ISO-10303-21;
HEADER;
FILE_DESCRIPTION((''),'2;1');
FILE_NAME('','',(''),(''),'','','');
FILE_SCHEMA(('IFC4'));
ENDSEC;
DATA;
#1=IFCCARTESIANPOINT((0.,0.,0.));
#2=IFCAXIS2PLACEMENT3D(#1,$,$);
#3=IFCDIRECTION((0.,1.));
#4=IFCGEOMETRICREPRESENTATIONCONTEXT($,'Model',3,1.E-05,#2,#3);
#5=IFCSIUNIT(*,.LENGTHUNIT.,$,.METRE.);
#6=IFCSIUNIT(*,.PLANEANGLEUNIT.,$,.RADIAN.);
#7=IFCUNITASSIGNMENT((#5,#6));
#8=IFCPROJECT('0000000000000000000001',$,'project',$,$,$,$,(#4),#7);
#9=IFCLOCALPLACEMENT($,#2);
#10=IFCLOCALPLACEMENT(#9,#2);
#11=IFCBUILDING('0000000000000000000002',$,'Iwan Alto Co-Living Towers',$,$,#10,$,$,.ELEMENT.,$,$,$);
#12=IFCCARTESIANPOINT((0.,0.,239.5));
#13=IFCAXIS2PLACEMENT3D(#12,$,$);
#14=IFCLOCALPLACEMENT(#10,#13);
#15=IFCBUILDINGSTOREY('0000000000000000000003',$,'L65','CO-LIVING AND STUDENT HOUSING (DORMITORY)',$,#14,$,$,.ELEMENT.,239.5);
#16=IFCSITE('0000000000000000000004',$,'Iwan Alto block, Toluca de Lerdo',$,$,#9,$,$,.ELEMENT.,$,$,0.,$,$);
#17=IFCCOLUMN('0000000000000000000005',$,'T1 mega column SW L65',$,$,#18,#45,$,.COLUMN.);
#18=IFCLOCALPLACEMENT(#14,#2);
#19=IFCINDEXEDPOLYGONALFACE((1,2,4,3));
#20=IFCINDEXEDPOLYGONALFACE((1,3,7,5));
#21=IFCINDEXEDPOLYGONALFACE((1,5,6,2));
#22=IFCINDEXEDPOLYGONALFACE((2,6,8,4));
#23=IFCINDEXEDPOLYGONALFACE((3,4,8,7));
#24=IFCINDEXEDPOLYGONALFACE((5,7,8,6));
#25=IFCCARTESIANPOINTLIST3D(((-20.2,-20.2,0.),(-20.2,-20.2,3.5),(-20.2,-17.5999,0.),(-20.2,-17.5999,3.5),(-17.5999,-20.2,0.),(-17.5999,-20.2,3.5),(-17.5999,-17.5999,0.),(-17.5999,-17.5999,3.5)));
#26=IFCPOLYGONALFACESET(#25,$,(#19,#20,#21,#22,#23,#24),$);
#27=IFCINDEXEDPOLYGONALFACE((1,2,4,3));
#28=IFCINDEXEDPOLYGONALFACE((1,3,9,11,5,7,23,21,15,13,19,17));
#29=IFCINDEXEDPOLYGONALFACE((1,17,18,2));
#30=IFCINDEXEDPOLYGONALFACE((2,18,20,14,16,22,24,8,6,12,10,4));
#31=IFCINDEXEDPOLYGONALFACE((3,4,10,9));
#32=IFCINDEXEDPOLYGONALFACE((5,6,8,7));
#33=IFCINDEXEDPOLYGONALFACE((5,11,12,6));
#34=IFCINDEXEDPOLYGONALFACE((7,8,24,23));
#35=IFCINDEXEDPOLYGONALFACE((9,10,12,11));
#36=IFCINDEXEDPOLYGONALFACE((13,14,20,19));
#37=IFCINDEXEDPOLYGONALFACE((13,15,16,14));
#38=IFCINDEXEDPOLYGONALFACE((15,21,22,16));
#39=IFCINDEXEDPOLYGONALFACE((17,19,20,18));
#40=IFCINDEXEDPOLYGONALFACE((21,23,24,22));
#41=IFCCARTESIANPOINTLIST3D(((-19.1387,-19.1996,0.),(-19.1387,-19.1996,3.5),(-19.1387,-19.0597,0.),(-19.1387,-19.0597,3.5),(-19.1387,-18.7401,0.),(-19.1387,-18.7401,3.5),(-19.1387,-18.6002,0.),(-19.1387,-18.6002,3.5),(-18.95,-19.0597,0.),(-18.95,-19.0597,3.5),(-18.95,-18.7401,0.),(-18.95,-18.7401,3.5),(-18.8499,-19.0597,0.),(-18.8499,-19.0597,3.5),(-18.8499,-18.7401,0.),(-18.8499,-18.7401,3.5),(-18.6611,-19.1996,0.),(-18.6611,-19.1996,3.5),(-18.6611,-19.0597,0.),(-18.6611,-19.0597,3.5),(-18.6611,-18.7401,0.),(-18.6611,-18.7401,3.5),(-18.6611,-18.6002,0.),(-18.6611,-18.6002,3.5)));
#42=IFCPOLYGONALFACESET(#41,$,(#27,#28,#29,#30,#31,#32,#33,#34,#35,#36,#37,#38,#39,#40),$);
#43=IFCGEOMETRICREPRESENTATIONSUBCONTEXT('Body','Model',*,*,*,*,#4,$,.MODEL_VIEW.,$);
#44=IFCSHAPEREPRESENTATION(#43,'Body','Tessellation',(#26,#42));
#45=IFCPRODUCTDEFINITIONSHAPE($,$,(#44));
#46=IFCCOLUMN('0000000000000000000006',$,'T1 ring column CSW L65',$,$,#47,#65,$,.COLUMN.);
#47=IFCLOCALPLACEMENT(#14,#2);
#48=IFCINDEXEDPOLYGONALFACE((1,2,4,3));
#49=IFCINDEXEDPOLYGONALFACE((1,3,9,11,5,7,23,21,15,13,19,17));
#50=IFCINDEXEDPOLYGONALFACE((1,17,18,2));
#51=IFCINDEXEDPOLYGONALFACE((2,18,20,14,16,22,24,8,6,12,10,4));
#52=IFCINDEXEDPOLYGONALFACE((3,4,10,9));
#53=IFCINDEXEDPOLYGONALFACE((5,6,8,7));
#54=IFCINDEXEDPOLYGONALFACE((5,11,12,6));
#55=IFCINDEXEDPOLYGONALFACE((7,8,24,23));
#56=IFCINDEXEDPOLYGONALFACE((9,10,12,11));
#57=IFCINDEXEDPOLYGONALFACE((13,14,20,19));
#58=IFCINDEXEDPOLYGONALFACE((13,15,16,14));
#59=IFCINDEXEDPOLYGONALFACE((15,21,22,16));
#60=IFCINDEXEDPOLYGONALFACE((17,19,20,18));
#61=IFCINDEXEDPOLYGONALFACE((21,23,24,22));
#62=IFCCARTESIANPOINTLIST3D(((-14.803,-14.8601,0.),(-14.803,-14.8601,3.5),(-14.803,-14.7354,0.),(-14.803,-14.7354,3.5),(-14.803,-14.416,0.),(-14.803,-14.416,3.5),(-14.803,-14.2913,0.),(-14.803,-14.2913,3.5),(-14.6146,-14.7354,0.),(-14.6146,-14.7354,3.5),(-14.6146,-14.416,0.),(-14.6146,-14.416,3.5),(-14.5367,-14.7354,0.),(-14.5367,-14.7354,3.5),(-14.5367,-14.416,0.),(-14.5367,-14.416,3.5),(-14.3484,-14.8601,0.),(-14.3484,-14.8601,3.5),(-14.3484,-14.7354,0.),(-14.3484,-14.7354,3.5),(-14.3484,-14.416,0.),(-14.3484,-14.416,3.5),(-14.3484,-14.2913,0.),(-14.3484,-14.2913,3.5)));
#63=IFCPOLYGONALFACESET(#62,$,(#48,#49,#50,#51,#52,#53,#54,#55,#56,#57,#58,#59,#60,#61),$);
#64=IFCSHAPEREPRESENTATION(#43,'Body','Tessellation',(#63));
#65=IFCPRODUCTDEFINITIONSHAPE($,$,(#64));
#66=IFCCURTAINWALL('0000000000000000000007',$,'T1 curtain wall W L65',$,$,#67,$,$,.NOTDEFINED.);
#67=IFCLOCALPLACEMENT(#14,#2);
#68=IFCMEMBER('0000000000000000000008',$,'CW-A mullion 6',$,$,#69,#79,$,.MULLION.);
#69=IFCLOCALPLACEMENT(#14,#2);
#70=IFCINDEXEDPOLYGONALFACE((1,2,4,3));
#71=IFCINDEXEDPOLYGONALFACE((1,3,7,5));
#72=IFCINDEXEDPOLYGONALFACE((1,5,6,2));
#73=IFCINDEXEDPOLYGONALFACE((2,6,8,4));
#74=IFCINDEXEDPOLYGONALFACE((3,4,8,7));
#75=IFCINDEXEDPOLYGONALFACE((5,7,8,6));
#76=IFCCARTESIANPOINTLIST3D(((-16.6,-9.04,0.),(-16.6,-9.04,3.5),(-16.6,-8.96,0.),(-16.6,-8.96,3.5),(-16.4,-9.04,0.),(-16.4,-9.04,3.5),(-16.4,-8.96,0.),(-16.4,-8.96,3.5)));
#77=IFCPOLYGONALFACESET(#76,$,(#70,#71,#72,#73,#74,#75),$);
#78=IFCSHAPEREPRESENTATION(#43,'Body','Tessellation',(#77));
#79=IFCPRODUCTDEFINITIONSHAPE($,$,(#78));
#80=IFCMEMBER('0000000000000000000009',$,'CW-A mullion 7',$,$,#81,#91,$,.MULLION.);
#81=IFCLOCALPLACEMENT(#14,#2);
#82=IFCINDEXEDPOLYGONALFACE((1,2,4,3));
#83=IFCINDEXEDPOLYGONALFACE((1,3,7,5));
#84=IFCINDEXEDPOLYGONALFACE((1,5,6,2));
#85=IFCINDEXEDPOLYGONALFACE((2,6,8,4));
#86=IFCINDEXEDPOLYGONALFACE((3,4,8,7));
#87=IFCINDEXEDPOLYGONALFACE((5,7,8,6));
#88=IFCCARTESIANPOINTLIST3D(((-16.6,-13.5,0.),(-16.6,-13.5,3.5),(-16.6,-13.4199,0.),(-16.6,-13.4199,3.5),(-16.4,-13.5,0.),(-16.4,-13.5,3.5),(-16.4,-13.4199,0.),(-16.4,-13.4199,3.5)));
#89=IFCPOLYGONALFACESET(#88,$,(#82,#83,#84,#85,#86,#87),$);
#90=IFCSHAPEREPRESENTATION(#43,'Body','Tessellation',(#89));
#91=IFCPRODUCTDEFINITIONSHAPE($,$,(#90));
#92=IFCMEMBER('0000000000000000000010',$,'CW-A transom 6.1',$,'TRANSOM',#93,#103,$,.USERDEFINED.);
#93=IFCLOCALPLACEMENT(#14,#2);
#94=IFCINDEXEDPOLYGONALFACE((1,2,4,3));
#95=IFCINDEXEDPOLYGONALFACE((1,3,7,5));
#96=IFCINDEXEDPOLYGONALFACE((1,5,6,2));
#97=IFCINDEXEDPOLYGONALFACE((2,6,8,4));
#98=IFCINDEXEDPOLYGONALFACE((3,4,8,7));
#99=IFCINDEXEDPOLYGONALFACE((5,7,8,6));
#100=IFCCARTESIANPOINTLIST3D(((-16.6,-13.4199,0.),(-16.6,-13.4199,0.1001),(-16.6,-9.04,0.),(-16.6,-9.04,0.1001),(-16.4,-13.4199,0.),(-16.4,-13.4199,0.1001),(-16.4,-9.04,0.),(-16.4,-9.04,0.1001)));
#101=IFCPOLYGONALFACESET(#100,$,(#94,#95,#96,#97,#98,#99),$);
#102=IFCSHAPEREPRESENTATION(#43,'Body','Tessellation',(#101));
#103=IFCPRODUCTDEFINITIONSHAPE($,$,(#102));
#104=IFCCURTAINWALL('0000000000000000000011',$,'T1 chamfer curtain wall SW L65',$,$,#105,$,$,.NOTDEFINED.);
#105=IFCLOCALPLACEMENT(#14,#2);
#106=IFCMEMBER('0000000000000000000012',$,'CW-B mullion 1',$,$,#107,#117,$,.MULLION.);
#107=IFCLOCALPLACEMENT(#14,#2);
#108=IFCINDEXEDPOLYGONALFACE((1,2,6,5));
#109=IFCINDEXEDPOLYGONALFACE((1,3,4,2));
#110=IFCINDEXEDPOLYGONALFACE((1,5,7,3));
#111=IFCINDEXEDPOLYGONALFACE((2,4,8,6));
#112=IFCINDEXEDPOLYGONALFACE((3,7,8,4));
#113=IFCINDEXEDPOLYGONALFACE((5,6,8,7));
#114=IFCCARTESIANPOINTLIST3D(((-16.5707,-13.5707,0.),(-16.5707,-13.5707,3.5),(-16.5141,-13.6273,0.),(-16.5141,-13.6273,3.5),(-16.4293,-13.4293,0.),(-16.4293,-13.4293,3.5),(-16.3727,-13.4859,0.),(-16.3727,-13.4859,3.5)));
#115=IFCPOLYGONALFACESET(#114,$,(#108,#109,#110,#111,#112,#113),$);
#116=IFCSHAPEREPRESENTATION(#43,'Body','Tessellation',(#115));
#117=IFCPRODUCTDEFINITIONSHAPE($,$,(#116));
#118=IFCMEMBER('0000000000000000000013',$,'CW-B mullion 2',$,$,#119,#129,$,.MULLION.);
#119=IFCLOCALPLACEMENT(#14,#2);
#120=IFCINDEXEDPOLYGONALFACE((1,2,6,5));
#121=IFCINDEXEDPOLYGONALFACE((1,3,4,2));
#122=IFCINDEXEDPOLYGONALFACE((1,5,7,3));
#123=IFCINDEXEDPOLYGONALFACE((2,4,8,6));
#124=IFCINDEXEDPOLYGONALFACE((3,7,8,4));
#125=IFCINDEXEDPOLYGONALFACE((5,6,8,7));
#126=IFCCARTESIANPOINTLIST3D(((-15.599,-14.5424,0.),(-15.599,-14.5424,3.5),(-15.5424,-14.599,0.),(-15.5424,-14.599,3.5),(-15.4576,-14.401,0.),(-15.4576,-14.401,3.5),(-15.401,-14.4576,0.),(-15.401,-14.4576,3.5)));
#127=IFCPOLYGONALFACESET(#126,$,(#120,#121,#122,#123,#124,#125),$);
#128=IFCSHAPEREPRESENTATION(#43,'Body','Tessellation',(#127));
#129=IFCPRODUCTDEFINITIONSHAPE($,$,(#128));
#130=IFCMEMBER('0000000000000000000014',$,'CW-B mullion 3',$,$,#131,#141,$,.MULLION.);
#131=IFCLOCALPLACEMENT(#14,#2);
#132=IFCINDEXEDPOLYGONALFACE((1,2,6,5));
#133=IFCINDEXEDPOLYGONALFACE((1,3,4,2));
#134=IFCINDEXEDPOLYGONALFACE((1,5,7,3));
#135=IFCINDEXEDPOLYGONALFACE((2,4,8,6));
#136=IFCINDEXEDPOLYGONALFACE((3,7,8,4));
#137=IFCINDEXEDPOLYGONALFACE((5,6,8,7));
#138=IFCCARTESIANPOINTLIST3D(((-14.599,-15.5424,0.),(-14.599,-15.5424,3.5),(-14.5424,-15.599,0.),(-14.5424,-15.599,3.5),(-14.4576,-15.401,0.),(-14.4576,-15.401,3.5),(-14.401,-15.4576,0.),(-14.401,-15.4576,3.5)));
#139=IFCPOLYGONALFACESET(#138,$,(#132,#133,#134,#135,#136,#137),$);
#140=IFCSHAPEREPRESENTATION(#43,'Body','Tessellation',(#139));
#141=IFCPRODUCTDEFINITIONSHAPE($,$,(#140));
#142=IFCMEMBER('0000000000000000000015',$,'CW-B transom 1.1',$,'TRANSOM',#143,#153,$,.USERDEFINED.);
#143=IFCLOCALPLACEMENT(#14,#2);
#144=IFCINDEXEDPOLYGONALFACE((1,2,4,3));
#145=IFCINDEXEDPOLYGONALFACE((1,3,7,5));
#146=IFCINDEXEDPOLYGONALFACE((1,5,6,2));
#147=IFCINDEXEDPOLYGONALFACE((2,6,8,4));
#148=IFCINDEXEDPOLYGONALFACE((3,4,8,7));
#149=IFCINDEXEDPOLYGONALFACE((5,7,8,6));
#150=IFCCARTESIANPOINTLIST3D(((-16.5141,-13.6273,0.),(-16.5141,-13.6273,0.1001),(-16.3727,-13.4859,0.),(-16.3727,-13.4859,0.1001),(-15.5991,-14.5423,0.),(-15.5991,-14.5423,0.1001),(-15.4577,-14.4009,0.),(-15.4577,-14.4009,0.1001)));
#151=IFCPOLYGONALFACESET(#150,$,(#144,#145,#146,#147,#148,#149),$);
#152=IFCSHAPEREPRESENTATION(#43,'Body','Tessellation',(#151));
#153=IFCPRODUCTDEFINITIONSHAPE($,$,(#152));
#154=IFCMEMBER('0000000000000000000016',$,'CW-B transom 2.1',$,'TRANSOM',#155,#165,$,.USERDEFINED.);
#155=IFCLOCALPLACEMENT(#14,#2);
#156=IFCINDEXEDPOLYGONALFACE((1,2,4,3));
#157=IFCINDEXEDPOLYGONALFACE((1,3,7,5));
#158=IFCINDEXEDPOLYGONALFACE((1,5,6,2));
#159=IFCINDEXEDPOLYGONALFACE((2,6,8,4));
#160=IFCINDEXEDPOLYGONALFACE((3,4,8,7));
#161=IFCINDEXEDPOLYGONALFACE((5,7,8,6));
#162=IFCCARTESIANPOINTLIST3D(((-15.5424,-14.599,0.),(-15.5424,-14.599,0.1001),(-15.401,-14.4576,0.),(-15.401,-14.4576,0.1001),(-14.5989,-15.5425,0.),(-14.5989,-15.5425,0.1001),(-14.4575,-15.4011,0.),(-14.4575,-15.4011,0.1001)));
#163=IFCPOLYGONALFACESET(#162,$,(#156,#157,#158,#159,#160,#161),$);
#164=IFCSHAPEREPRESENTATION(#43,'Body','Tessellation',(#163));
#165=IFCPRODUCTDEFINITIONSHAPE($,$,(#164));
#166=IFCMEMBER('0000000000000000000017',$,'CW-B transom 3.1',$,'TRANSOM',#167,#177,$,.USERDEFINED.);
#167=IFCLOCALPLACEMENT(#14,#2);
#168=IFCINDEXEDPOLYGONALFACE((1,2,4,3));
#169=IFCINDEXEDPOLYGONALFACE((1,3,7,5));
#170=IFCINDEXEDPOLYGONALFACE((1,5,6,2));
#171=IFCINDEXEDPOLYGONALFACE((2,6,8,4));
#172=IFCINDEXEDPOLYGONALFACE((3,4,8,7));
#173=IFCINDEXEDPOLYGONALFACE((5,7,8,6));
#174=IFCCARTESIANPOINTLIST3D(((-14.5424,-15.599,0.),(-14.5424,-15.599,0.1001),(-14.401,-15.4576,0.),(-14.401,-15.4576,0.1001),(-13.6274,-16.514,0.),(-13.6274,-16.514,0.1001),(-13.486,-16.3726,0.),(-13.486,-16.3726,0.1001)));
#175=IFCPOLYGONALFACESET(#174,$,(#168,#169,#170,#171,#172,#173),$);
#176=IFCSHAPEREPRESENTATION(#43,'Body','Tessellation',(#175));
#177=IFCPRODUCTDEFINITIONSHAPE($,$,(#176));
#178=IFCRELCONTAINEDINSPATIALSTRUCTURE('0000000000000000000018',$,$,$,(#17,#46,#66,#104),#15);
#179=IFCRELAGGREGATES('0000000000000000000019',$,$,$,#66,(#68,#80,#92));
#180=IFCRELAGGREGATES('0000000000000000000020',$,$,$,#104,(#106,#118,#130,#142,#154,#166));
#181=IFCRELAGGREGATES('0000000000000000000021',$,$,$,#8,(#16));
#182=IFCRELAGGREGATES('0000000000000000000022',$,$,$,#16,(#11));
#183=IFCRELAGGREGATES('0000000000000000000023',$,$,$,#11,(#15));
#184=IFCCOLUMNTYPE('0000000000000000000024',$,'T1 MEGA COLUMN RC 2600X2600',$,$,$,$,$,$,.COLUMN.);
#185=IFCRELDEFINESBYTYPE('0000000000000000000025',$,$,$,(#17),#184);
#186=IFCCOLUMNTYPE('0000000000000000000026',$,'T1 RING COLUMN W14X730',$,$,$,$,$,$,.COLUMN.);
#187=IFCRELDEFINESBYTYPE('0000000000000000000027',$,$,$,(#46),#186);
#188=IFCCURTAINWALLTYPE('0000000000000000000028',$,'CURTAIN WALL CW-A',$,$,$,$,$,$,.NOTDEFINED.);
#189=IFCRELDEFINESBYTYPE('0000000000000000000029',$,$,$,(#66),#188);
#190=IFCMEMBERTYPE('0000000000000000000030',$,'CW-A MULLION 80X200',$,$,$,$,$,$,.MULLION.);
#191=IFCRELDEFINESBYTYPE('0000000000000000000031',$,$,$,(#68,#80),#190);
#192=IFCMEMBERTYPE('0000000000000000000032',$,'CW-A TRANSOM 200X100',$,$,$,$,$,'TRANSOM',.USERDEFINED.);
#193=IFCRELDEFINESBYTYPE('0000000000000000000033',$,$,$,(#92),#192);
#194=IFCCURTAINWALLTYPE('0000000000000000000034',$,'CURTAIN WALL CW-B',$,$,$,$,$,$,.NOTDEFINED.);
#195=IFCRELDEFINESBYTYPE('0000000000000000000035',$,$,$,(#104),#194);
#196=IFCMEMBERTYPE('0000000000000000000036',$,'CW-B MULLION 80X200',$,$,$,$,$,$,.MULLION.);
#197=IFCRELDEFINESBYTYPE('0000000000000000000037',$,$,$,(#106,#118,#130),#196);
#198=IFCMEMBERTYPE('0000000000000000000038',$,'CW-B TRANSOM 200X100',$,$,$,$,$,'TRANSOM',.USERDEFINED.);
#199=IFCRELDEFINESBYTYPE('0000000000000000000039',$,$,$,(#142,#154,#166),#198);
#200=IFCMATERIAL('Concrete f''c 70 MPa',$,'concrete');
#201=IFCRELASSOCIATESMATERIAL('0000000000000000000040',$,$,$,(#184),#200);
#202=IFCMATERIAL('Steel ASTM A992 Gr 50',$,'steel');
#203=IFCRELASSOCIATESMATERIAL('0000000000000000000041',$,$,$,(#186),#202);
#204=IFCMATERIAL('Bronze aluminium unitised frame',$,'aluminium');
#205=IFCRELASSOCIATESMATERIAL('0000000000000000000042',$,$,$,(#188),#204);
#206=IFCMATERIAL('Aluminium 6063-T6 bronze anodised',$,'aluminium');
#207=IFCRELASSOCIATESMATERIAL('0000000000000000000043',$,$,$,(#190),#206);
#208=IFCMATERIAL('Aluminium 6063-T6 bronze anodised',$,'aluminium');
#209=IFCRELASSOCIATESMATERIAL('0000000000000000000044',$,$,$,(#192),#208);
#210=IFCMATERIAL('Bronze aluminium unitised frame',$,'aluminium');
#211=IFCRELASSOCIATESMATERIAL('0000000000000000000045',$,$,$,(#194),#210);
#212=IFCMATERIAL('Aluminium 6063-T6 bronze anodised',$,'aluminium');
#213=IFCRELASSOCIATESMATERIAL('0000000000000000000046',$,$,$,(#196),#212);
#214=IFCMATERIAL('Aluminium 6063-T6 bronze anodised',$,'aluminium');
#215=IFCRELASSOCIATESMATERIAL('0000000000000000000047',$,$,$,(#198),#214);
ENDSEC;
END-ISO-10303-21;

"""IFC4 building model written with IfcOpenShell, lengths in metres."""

from ifc_helpers import new_model, si_unit, direction, frame, origin, origin_2d, place, context, subcontext, project, spatial, rectangle, i_section, extrude, material, material_profile, profile_set, type_object, element, aggregate, save


model = new_model("IFC4")

# Units and contexts
model_context = context("Model", 3, precision=1e-05, world=origin(), true_north=direction((0.0, 1.0)))
body_context = subcontext(model_context, "Body", "Model", "MODEL_VIEW")
ifc_project = project(units=[si_unit("LENGTHUNIT", "METRE"), si_unit("PLANEANGLEUNIT", "RADIAN")], contexts=[model_context])

# Site, building, storey
site_placement = place(None, origin())
site = spatial("IfcSite", under=ifc_project, at=site_placement, Name="Iwan Alto block, Toluca de Lerdo", CompositionType="ELEMENT", RefElevation=0.0)
building_placement = place(site_placement, origin())
building = spatial("IfcBuilding", under=site, at=building_placement, Name="Iwan Alto Co-Living Towers", CompositionType="ELEMENT")
storey_placement = place(building_placement, frame((0.0, 0.0, 239.5)))
storey = spatial("IfcBuildingStorey", under=building, at=storey_placement, Name="L65", Description="CO-LIVING AND STUDENT HOUSING (DORMITORY)", CompositionType="ELEMENT", Elevation=239.5)

# Columns
ifc_material_1 = material(Name="Concrete f'c 70 MPa", Category="concrete")
ifc_material_profile_1 = material_profile(ifc_material_1, rectangle(XDim=2.6001, YDim=2.6001, at=origin_2d()), Name="RC 2600X2600")
ifc_profile_set_1 = profile_set([ifc_material_profile_1], Name="Concrete f'c 70 MPa")
column_type_1 = type_object("IfcColumnType", Name="T1 MEGA COLUMN RC 2600X2600", PredefinedType="COLUMN", material=ifc_profile_set_1)
column_1_placement = place(storey_placement, frame((-18.8999, -18.8999, 0.0), z_axis=(0.0, 0.0, 1.0), x_axis=(1.0, 0.0, 0.0)))
element("IfcColumn", 1, at=column_1_placement, inside=storey, type_object=column_type_1, Name="T1 mega column SW L65", PredefinedType="COLUMN", context=body_context, shape_type="SweptSolid", body=[
    extrude(rectangle(XDim=2.6001, YDim=2.6001, at=origin_2d()), origin(), (0.0, 0.0, 1.0), 3.5),
    extrude(i_section(OverallWidth=0.4775, OverallDepth=0.5994, WebThickness=0.1001, FlangeThickness=0.1399, at=origin_2d()), origin(), (0.0, 0.0, 1.0), 3.5),
])
ifc_material_2 = material(Name="Steel ASTM A992 Gr 50", Category="steel")
ifc_material_profile_2 = material_profile(ifc_material_2, i_section(OverallWidth=0.4546, OverallDepth=0.5688, WebThickness=0.0779, FlangeThickness=0.1248, at=origin_2d()), Name="W14X730")
ifc_profile_set_2 = profile_set([ifc_material_profile_2], Name="Steel ASTM A992 Gr 50")
column_type_2 = type_object("IfcColumnType", Name="T1 RING COLUMN W14X730", PredefinedType="COLUMN", material=ifc_profile_set_2)
column_2_placement = place(storey_placement, frame((-14.5757, -14.5757, 0.0), z_axis=(0.0, 0.0, 1.0), x_axis=(1.0, 0.0, 0.0)))
element("IfcColumn", 2, at=column_2_placement, inside=storey, type_object=column_type_2, Name="T1 ring column CSW L65", PredefinedType="COLUMN", context=body_context, shape_type="SweptSolid", body=[
    extrude(i_section(OverallWidth=0.4546, OverallDepth=0.5688, WebThickness=0.0779, FlangeThickness=0.1248, at=origin_2d()), origin(), (0.0, 0.0, 1.0), 3.5),
])

# Curtain walls, members
ifc_material_3 = material(Name="Bronze aluminium unitised frame", Category="aluminium")
curtain_wall_type_1 = type_object("IfcCurtainWallType", Name="CURTAIN WALL CW-A", PredefinedType="NOTDEFINED", material=ifc_material_3)
curtain_wall_1_placement = place(storey_placement, origin())
curtain_wall_1 = element("IfcCurtainWall", 3, at=curtain_wall_1_placement, inside=storey, type_object=curtain_wall_type_1, Name="T1 curtain wall W L65", PredefinedType="NOTDEFINED")
ifc_material_4 = material(Name="Aluminium 6063-T6 bronze anodised", Category="aluminium")
ifc_material_profile_3 = material_profile(ifc_material_4, rectangle(XDim=0.2, YDim=0.0801, at=origin_2d()), Name="AL 80X200")
ifc_profile_set_3 = profile_set([ifc_material_profile_3], Name="Aluminium 6063-T6 bronze anodised")
member_type_1 = type_object("IfcMemberType", Name="CW-A MULLION 80X200", PredefinedType="MULLION", material=ifc_profile_set_3)
member_1_placement = place(storey_placement, frame((-16.5, -9.0, 0.0), z_axis=(0.0, 0.0, 1.0), x_axis=(1.0, 0.0, 0.0)))
member_1 = element("IfcMember", 4, at=member_1_placement, type_object=member_type_1, Name="CW-A mullion 6", PredefinedType="MULLION", context=body_context, shape_type="SweptSolid", body=[
    extrude(rectangle(XDim=0.2, YDim=0.0801, at=origin_2d()), origin(), (0.0, 0.0, 1.0), 3.5),
])
member_2_placement = place(storey_placement, frame((-16.5, -13.46, 0.0), z_axis=(0.0, 0.0, 1.0), x_axis=(1.0, 0.0, 0.0)))
member_2 = element("IfcMember", 5, at=member_2_placement, type_object=member_type_1, Name="CW-A mullion 7", PredefinedType="MULLION", context=body_context, shape_type="SweptSolid", body=[
    extrude(rectangle(XDim=0.2, YDim=0.0801, at=origin_2d()), origin(), (0.0, 0.0, 1.0), 3.5),
])
ifc_material_5 = material(Name="Aluminium 6063-T6 bronze anodised", Category="aluminium")
ifc_material_profile_4 = material_profile(ifc_material_5, rectangle(XDim=0.2, YDim=0.1001, at=origin_2d()), Name="AL 200X100")
ifc_profile_set_4 = profile_set([ifc_material_profile_4], Name="Aluminium 6063-T6 bronze anodised")
member_type_2 = type_object("IfcMemberType", Name="CW-A TRANSOM 200X100", ElementType="TRANSOM", PredefinedType="USERDEFINED", material=ifc_profile_set_4)
member_3_placement = place(storey_placement, frame((-16.5, -9.04, 0.05), z_axis=(0.0, -1.0, 0.0), x_axis=(1.0, 0.0, 0.0)))
member_3 = element("IfcMember", 6, at=member_3_placement, type_object=member_type_2, Name="CW-A transom 6.1", ObjectType="TRANSOM", PredefinedType="USERDEFINED", context=body_context, shape_type="SweptSolid", body=[
    extrude(rectangle(XDim=0.2, YDim=0.1001, at=origin_2d()), origin(), (0.0, 0.0, 1.0), 4.3799),
])
ifc_material_6 = material(Name="Bronze aluminium unitised frame", Category="aluminium")
curtain_wall_type_2 = type_object("IfcCurtainWallType", Name="CURTAIN WALL CW-B", PredefinedType="NOTDEFINED", material=ifc_material_6)
curtain_wall_2_placement = place(storey_placement, origin())
curtain_wall_2 = element("IfcCurtainWall", 7, at=curtain_wall_2_placement, inside=storey, type_object=curtain_wall_type_2, Name="T1 chamfer curtain wall SW L65", PredefinedType="NOTDEFINED")
ifc_material_7 = material(Name="Aluminium 6063-T6 bronze anodised", Category="aluminium")
ifc_material_profile_5 = material_profile(ifc_material_7, rectangle(XDim=0.2, YDim=0.0801, at=origin_2d()), Name="AL 80X200")
ifc_profile_set_5 = profile_set([ifc_material_profile_5], Name="Aluminium 6063-T6 bronze anodised")
member_type_3 = type_object("IfcMemberType", Name="CW-B MULLION 80X200", PredefinedType="MULLION", material=ifc_profile_set_5)
member_4_placement = place(storey_placement, frame((-16.4717, -13.5283, 0.0), z_axis=(0.0, 0.0, 1.0), x_axis=(0.707107, 0.707107, 0.0)))
member_4 = element("IfcMember", 8, at=member_4_placement, type_object=member_type_3, Name="CW-B mullion 1", PredefinedType="MULLION", context=body_context, shape_type="SweptSolid", body=[
    extrude(rectangle(XDim=0.2, YDim=0.0801, at=origin_2d()), origin(), (0.0, 0.0, 1.0), 3.5),
])
member_5_placement = place(storey_placement, frame((-15.5, -14.5, 0.0), z_axis=(0.0, 0.0, 1.0), x_axis=(0.707107, 0.707107, 0.0)))
member_5 = element("IfcMember", 9, at=member_5_placement, type_object=member_type_3, Name="CW-B mullion 2", PredefinedType="MULLION", context=body_context, shape_type="SweptSolid", body=[
    extrude(rectangle(XDim=0.2, YDim=0.0801, at=origin_2d()), origin(), (0.0, 0.0, 1.0), 3.5),
])
member_6_placement = place(storey_placement, frame((-14.5, -15.5, 0.0), z_axis=(0.0, 0.0, 1.0), x_axis=(0.707107, 0.707107, 0.0)))
member_6 = element("IfcMember", 10, at=member_6_placement, type_object=member_type_3, Name="CW-B mullion 3", PredefinedType="MULLION", context=body_context, shape_type="SweptSolid", body=[
    extrude(rectangle(XDim=0.2, YDim=0.0801, at=origin_2d()), origin(), (0.0, 0.0, 1.0), 3.5),
])
ifc_material_8 = material(Name="Aluminium 6063-T6 bronze anodised", Category="aluminium")
ifc_material_profile_6 = material_profile(ifc_material_8, rectangle(XDim=0.2, YDim=0.1001, at=origin_2d()), Name="AL 200X100")
ifc_profile_set_6 = profile_set([ifc_material_profile_6], Name="Aluminium 6063-T6 bronze anodised")
member_type_4 = type_object("IfcMemberType", Name="CW-B TRANSOM 200X100", ElementType="TRANSOM", PredefinedType="USERDEFINED", material=ifc_profile_set_6)
member_7_placement = place(storey_placement, frame((-16.4434, -13.5566, 0.05), z_axis=(0.707107, -0.707107, 0.0), x_axis=(0.707107, 0.707107, 0.0)))
member_7 = element("IfcMember", 11, at=member_7_placement, type_object=member_type_4, Name="CW-B transom 1.1", ObjectType="TRANSOM", PredefinedType="USERDEFINED", context=body_context, shape_type="SweptSolid", body=[
    extrude(rectangle(XDim=0.2, YDim=0.1001, at=origin_2d()), origin(), (0.0, 0.0, 1.0), 1.2939),
])
member_8_placement = place(storey_placement, frame((-15.4717, -14.5283, 0.05), z_axis=(0.707107, -0.707107, 0.0), x_axis=(0.707107, 0.707107, 0.0)))
member_8 = element("IfcMember", 12, at=member_8_placement, type_object=member_type_4, Name="CW-B transom 2.1", ObjectType="TRANSOM", PredefinedType="USERDEFINED", context=body_context, shape_type="SweptSolid", body=[
    extrude(rectangle(XDim=0.2, YDim=0.1001, at=origin_2d()), origin(), (0.0, 0.0, 1.0), 1.3342),
])
member_9_placement = place(storey_placement, frame((-14.4717, -15.5283, 0.05), z_axis=(0.707107, -0.707107, 0.0), x_axis=(0.707107, 0.707107, 0.0)))
member_9 = element("IfcMember", 13, at=member_9_placement, type_object=member_type_4, Name="CW-B transom 3.1", ObjectType="TRANSOM", PredefinedType="USERDEFINED", context=body_context, shape_type="SweptSolid", body=[
    extrude(rectangle(XDim=0.2, YDim=0.1001, at=origin_2d()), origin(), (0.0, 0.0, 1.0), 1.2939),
])

aggregate(curtain_wall_1, [member_1, member_2, member_3])
aggregate(curtain_wall_2, [member_4, member_5, member_6, member_7, member_8, member_9])

save(model, "model.ifc")
